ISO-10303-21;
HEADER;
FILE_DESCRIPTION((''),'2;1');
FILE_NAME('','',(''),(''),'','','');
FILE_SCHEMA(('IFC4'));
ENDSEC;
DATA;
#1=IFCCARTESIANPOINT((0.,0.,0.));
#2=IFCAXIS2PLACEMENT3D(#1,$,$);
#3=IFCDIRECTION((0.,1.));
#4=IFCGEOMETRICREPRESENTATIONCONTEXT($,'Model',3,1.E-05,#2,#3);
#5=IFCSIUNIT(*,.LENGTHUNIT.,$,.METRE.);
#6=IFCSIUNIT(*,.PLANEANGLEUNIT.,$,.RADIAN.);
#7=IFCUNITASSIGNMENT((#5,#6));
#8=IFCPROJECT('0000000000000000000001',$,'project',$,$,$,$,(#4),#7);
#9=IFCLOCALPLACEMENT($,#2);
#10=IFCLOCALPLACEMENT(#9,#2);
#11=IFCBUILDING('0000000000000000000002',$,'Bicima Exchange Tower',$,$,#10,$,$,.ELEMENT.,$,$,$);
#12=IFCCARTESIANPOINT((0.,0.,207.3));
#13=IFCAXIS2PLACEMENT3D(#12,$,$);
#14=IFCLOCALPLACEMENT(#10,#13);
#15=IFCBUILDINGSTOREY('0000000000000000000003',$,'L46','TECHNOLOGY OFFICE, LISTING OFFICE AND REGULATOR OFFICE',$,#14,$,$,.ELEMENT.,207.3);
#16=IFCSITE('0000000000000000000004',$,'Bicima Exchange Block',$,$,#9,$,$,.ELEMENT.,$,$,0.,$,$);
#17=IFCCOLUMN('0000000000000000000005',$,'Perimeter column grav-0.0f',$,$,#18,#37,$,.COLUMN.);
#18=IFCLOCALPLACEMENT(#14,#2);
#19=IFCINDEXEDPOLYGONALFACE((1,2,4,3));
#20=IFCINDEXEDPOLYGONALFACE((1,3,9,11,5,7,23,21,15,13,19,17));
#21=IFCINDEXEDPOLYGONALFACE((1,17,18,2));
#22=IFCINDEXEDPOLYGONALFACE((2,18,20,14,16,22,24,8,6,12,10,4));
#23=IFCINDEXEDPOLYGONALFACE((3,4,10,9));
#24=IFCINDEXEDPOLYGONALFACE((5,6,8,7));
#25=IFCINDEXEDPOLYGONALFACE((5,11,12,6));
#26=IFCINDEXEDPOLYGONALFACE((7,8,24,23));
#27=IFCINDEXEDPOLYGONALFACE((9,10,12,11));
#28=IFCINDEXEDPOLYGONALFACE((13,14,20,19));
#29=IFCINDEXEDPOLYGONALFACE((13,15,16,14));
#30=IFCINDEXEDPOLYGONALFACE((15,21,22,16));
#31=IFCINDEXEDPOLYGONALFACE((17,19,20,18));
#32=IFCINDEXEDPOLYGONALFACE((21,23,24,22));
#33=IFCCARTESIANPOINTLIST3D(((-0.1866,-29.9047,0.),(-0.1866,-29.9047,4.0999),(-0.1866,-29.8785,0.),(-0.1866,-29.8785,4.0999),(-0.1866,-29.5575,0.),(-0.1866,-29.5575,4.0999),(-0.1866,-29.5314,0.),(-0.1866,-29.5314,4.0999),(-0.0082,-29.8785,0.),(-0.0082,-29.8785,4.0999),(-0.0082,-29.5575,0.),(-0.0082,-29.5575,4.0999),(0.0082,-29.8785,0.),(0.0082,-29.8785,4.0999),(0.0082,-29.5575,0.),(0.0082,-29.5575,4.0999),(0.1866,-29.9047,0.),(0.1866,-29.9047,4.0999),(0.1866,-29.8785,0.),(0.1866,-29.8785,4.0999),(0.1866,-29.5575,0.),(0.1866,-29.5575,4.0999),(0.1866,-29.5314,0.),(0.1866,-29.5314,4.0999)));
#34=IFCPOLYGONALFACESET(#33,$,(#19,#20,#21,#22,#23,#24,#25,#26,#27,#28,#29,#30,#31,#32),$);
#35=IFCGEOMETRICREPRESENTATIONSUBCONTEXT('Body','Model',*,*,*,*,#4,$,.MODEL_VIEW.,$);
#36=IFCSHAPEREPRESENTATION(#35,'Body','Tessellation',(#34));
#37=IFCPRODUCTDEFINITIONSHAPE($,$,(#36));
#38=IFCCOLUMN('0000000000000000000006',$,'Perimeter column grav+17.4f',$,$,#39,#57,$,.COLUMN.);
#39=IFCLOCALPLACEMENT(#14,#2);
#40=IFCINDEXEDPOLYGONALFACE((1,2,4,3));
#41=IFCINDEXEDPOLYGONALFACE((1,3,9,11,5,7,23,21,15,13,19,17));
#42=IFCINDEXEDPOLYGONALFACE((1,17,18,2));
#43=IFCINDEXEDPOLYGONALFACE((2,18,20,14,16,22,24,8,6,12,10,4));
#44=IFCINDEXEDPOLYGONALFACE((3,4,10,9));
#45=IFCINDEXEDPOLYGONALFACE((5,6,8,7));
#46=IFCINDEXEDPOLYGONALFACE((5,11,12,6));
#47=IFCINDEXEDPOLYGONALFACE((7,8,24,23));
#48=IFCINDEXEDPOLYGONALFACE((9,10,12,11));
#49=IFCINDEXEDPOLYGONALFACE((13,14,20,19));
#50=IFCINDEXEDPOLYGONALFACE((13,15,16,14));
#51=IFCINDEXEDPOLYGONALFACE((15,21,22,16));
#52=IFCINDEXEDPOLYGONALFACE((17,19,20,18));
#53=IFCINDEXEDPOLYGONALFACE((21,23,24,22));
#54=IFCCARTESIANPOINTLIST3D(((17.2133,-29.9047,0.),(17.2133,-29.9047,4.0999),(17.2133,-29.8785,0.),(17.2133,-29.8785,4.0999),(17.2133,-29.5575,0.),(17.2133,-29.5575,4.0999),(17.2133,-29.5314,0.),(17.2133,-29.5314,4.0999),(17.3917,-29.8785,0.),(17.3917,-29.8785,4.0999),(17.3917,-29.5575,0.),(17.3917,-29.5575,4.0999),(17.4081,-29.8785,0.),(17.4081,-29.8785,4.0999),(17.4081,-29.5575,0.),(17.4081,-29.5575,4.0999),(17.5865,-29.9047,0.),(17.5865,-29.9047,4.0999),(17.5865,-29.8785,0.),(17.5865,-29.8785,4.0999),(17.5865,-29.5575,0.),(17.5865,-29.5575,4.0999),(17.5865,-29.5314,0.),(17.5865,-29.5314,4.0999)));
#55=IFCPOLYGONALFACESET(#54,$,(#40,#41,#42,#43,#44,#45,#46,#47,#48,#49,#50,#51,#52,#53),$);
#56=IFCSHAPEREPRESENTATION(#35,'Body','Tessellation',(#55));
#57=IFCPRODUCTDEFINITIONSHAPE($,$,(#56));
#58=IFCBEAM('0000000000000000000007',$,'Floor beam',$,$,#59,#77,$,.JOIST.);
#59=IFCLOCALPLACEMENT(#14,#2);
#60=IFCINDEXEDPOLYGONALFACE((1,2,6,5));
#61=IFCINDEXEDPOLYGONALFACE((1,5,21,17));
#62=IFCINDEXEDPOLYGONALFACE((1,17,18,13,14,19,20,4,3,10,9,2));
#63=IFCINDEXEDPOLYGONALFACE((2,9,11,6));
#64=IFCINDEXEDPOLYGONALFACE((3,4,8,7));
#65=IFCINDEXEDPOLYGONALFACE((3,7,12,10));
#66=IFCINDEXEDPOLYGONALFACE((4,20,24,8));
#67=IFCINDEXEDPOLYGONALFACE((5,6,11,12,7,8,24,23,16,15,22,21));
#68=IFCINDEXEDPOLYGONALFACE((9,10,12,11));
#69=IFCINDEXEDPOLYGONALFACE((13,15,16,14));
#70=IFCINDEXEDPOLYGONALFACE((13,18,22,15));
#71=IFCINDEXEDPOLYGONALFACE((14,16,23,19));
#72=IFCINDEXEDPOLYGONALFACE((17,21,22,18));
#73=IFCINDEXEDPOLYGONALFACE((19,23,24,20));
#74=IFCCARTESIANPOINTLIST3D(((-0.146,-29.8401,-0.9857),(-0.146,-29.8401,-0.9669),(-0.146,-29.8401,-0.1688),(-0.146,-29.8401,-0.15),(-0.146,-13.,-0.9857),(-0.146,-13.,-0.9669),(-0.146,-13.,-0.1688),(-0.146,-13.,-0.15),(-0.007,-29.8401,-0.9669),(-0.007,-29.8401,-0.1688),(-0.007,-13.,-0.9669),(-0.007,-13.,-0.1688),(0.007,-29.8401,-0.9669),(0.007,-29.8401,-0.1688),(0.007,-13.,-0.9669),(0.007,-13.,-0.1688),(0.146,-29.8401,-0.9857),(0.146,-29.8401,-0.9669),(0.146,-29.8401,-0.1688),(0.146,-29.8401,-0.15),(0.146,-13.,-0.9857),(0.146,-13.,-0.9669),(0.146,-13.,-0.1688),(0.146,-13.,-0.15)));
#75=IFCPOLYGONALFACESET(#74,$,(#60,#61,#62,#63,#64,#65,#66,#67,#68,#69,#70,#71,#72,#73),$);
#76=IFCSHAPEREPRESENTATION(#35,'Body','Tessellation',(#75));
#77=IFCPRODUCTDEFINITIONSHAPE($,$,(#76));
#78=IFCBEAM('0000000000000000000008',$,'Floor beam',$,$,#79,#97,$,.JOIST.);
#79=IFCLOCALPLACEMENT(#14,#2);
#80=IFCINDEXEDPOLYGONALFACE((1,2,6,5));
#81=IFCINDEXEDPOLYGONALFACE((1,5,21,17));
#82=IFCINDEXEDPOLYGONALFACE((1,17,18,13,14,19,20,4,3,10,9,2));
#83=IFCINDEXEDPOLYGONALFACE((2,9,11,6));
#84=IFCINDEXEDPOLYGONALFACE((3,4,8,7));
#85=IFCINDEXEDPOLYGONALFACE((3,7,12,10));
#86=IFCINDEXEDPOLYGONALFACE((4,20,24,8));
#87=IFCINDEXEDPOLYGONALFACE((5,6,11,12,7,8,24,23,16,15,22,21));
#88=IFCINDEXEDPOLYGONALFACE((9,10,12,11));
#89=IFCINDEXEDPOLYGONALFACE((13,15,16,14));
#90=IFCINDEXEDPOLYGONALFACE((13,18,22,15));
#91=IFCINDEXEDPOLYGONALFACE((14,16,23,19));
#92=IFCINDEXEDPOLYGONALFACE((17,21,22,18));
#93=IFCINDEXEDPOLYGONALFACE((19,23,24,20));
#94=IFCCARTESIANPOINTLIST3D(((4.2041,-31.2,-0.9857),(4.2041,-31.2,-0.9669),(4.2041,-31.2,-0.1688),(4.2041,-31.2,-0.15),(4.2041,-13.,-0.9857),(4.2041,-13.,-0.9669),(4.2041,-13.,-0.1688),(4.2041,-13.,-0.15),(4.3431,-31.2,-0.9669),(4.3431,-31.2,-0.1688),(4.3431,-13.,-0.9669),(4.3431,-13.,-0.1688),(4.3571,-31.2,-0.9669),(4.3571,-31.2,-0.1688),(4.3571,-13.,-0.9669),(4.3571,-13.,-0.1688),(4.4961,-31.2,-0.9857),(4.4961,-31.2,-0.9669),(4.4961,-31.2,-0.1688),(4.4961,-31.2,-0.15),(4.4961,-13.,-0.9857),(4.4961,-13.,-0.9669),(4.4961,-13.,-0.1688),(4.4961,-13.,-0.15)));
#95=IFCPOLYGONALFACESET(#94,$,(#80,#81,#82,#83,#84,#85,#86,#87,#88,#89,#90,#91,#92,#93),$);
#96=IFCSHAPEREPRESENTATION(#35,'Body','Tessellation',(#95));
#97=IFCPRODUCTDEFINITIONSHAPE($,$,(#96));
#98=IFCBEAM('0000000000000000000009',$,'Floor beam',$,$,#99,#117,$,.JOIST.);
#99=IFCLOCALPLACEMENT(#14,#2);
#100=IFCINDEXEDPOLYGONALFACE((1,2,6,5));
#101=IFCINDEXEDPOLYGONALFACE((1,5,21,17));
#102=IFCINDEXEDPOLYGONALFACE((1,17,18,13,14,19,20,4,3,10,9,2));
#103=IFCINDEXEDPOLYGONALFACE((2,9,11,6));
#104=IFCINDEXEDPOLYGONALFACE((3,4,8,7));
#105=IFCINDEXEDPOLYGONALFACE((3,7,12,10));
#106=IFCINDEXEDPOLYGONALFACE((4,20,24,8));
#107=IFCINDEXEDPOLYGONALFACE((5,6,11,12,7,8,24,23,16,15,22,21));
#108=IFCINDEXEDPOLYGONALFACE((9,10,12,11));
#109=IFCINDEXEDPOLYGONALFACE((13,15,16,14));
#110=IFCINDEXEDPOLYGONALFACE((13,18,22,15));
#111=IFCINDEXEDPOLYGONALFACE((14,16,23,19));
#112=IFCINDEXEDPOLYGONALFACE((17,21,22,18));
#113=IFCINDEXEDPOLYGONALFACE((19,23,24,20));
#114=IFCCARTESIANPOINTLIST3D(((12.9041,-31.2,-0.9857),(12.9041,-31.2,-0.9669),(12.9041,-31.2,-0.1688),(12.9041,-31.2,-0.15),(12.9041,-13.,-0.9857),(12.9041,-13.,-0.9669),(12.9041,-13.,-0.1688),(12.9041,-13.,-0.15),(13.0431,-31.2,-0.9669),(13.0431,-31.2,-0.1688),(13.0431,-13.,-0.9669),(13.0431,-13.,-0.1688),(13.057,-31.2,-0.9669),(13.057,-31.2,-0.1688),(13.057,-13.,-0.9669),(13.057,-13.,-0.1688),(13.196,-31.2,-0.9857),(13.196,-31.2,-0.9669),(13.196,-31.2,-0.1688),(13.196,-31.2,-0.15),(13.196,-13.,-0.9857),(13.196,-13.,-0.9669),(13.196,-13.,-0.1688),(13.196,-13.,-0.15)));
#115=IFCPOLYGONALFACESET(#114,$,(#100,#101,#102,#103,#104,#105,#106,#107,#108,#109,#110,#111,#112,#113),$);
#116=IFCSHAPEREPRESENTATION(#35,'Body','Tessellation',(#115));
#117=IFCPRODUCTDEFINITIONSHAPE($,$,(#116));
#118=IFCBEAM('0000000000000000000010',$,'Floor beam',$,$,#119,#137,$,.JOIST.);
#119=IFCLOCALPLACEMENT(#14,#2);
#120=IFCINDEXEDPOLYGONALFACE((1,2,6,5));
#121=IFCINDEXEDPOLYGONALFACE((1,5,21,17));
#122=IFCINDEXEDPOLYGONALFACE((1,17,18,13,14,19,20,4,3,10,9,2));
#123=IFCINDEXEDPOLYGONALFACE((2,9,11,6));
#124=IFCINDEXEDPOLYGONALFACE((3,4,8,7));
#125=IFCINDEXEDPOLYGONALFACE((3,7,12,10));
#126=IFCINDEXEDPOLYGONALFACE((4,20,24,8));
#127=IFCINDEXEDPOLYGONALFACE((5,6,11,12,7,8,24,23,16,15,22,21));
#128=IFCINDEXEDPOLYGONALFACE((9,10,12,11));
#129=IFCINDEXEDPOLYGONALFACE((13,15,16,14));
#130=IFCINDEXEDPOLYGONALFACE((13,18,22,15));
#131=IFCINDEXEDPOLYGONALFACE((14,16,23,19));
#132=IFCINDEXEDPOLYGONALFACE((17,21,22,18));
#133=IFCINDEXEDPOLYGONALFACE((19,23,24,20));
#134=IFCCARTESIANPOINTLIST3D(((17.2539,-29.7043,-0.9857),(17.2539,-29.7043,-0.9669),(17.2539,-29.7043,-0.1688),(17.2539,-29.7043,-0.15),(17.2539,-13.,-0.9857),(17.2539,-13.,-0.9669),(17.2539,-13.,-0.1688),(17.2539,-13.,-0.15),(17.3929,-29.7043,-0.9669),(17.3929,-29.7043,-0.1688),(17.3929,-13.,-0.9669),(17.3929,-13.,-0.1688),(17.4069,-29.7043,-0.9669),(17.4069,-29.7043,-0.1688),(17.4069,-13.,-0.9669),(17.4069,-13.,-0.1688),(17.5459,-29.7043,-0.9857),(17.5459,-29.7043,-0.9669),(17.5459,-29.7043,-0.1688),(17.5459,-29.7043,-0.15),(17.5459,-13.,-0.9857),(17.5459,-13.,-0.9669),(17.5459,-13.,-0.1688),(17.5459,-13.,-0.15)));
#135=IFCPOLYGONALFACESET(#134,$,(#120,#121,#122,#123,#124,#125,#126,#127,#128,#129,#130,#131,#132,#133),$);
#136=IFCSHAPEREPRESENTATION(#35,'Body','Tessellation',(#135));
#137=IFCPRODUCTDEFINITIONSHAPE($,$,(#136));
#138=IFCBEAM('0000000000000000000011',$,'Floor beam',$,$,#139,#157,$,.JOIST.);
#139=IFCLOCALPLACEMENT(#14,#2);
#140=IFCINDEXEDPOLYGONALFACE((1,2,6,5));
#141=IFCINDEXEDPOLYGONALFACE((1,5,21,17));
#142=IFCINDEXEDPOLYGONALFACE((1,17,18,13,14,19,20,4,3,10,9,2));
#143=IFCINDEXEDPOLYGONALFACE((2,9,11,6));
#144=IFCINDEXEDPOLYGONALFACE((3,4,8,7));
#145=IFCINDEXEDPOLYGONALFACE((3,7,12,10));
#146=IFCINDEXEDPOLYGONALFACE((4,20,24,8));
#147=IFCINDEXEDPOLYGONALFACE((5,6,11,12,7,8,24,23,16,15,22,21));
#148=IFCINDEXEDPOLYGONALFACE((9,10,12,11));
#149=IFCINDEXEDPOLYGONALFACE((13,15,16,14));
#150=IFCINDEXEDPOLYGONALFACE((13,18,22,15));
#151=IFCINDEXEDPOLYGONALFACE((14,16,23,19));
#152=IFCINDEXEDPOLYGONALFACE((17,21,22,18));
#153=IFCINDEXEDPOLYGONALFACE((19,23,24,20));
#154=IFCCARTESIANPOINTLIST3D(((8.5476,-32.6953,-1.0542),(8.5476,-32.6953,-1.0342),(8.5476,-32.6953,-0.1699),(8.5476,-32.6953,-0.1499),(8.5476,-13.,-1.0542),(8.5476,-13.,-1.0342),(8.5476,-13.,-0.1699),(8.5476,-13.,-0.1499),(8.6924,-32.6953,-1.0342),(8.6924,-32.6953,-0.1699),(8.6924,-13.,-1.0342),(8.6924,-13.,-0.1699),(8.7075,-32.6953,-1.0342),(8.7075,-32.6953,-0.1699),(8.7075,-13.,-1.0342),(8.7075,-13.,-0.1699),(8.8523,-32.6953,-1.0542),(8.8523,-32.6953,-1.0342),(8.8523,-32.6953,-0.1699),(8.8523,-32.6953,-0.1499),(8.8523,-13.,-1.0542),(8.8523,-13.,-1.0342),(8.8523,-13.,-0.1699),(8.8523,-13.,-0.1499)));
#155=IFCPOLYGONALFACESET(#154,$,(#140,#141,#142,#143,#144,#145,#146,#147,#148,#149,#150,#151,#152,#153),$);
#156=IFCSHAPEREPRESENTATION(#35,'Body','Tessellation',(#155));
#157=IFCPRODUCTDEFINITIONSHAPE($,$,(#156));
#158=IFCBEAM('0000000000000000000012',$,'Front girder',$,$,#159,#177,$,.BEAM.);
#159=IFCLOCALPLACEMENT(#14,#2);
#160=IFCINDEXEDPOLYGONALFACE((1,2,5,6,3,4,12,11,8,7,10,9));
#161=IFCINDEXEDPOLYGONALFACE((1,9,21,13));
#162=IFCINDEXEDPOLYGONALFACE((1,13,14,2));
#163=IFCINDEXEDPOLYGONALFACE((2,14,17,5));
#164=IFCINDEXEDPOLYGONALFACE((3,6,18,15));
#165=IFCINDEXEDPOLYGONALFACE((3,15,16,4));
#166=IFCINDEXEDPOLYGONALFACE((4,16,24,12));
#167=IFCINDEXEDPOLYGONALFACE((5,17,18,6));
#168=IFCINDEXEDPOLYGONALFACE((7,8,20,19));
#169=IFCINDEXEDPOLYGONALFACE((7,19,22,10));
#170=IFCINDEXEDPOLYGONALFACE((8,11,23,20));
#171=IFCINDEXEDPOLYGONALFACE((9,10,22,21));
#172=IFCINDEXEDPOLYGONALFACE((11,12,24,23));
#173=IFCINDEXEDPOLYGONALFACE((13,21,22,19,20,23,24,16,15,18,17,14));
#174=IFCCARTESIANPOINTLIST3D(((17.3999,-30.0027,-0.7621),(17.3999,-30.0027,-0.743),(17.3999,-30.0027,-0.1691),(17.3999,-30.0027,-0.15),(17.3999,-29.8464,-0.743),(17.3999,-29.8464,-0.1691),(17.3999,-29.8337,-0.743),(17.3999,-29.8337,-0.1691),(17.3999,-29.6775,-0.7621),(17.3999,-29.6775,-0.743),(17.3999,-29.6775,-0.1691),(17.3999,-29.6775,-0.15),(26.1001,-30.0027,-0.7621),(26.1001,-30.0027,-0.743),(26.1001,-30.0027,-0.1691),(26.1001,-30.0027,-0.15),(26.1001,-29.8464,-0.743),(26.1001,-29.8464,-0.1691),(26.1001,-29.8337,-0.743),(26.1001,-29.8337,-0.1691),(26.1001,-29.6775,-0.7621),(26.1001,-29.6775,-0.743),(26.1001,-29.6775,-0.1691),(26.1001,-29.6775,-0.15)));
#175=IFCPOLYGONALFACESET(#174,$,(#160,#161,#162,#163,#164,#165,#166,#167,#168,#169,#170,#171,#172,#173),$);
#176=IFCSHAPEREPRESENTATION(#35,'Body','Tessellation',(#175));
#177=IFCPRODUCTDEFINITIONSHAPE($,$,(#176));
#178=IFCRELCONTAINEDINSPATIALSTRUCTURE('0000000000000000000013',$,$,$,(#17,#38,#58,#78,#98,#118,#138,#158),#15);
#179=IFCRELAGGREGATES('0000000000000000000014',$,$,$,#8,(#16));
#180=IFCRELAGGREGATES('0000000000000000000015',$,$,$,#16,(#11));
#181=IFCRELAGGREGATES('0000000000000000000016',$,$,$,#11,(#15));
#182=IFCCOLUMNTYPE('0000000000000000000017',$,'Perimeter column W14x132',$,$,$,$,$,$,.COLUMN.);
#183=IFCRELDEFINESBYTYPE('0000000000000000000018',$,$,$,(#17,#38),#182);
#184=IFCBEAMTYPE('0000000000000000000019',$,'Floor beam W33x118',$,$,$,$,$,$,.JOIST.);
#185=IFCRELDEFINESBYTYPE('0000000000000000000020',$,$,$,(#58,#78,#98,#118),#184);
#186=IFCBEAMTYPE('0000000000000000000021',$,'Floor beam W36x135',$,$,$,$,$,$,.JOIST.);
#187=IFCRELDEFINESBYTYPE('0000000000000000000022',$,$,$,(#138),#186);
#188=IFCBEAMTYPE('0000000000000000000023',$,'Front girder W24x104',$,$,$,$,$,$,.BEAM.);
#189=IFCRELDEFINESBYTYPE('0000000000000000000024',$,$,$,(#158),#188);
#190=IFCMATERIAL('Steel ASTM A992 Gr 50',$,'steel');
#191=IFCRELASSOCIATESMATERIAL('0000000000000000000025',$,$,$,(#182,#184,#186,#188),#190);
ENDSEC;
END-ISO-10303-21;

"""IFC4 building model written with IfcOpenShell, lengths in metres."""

from ifc_helpers import new_model, si_unit, direction, frame, origin, origin_2d, place, context, subcontext, project, spatial, i_section, extrude, material, material_profile, profile_set, type_object, element, save


model = new_model("IFC4")

# Units and contexts
model_context = context("Model", 3, precision=1e-05, world=origin(), true_north=direction((0.0, 1.0)))
body_context = subcontext(model_context, "Body", "Model", "MODEL_VIEW")
ifc_project = project(units=[si_unit("LENGTHUNIT", "METRE"), si_unit("PLANEANGLEUNIT", "RADIAN")], contexts=[model_context])

# Site, building, storey
site_placement = place(None, origin())
site = spatial("IfcSite", under=ifc_project, at=site_placement, Name="Bicima Exchange Block", CompositionType="ELEMENT", RefElevation=0.0)
building_placement = place(site_placement, origin())
building = spatial("IfcBuilding", under=site, at=building_placement, Name="Bicima Exchange Tower", CompositionType="ELEMENT")
storey_placement = place(building_placement, frame((0.0, 0.0, 207.3)))
storey = spatial("IfcBuildingStorey", under=building, at=storey_placement, Name="L46", Description="TECHNOLOGY OFFICE, LISTING OFFICE AND REGULATOR OFFICE", CompositionType="ELEMENT", Elevation=207.3)

# Columns
ifc_material_1 = material(Name="Steel ASTM A992 Gr 50", Category="steel")
ifc_material_profile_1 = material_profile(ifc_material_1, i_section(OverallWidth=0.3733, OverallDepth=0.3733, WebThickness=0.0164, FlangeThickness=0.0261, at=origin_2d()))
ifc_profile_set_1 = profile_set([ifc_material_profile_1], Name="Steel ASTM A992 Gr 50")
column_type = type_object("IfcColumnType", Name="Perimeter column W14x132", PredefinedType="COLUMN", material=ifc_profile_set_1)
for number, where, z_axis, x_axis, name in (
    (1, (0.0, -29.718, 0.0), (0.0, 0.0, 1.0), (1.0, 0.0, 0.0), "Perimeter column grav-0.0f"),
    (2, (17.3999, -29.718, 0.0), (0.0, 0.0, 1.0), (1.0, 0.0, 0.0), "Perimeter column grav+17.4f"),
):
    element("IfcColumn", number, at=place(storey_placement, frame(where, z_axis=z_axis, x_axis=x_axis)), inside=storey, type_object=column_type, Name=name, PredefinedType="COLUMN", context=body_context, shape_type="SweptSolid", body=[
        extrude(i_section(OverallWidth=0.3733, OverallDepth=0.3733, WebThickness=0.0164, FlangeThickness=0.0261, at=origin_2d()), origin(), (0.0, 0.0, 1.0), 4.0999),
    ])

# Beams
ifc_material_profile_2 = material_profile(ifc_material_1, i_section(OverallWidth=0.292, OverallDepth=0.8357, WebThickness=0.0139, FlangeThickness=0.0188, at=origin_2d()))
ifc_profile_set_2 = profile_set([ifc_material_profile_2], Name="Steel ASTM A992 Gr 50")
beam_type_1 = type_object("IfcBeamType", Name="Floor beam W33x118", PredefinedType="JOIST", material=ifc_profile_set_2)
beam_1_placement = place(storey_placement, frame((0.0, -13.0, -0.5679), z_axis=(0.0, -1.0, 0.0), x_axis=(1.0, 0.0, 0.0)))
element("IfcBeam", 3, at=beam_1_placement, inside=storey, type_object=beam_type_1, Name="Floor beam", PredefinedType="JOIST", context=body_context, shape_type="SweptSolid", body=[
    extrude(i_section(OverallWidth=0.292, OverallDepth=0.8357, WebThickness=0.0139, FlangeThickness=0.0188, at=origin_2d()), origin(), (0.0, 0.0, 1.0), 16.8401),
])
for number, where, z_axis, x_axis, name in (
    (4, (4.3501, -13.0, -0.5679), (0.0, -1.0, 0.0), (1.0, 0.0, 0.0), "Floor beam"),
    (5, (13.05, -13.0, -0.5679), (0.0, -1.0, 0.0), (1.0, 0.0, 0.0), "Floor beam"),
):
    element("IfcBeam", number, at=place(storey_placement, frame(where, z_axis=z_axis, x_axis=x_axis)), inside=storey, type_object=beam_type_1, Name=name, PredefinedType="JOIST", context=body_context, shape_type="SweptSolid", body=[
        extrude(i_section(OverallWidth=0.292, OverallDepth=0.8357, WebThickness=0.0139, FlangeThickness=0.0188, at=origin_2d()), origin(), (0.0, 0.0, 1.0), 18.2),
    ])
beam_2_placement = place(storey_placement, frame((17.3999, -13.0, -0.5679), z_axis=(0.0, -1.0, 0.0), x_axis=(1.0, 0.0, 0.0)))
element("IfcBeam", 6, at=beam_2_placement, inside=storey, type_object=beam_type_1, Name="Floor beam", PredefinedType="JOIST", context=body_context, shape_type="SweptSolid", body=[
    extrude(i_section(OverallWidth=0.292, OverallDepth=0.8357, WebThickness=0.0139, FlangeThickness=0.0188, at=origin_2d()), origin(), (0.0, 0.0, 1.0), 16.7043),
])
ifc_material_profile_3 = material_profile(ifc_material_1, i_section(OverallWidth=0.3047, OverallDepth=0.9043, WebThickness=0.0151, FlangeThickness=0.02, at=origin_2d()))
ifc_profile_set_3 = profile_set([ifc_material_profile_3], Name="Steel ASTM A992 Gr 50")
beam_type_2 = type_object("IfcBeamType", Name="Floor beam W36x135", PredefinedType="JOIST", material=ifc_profile_set_3)
beam_3_placement = place(storey_placement, frame((8.7, -13.0, -0.6021), z_axis=(0.0, -1.0, 0.0), x_axis=(1.0, 0.0, 0.0)))
element("IfcBeam", 7, at=beam_3_placement, inside=storey, type_object=beam_type_2, Name="Floor beam", PredefinedType="JOIST", context=body_context, shape_type="SweptSolid", body=[
    extrude(i_section(OverallWidth=0.3047, OverallDepth=0.9043, WebThickness=0.0151, FlangeThickness=0.02, at=origin_2d()), origin(), (0.0, 0.0, 1.0), 19.6953),
])
ifc_material_profile_4 = material_profile(ifc_material_1, i_section(OverallWidth=0.3252, OverallDepth=0.6121, WebThickness=0.0127, FlangeThickness=0.019, at=origin_2d()))
ifc_profile_set_4 = profile_set([ifc_material_profile_4], Name="Steel ASTM A992 Gr 50")
beam_type_3 = type_object("IfcBeamType", Name="Front girder W24x104", PredefinedType="BEAM", material=ifc_profile_set_4)
beam_4_placement = place(storey_placement, frame((17.3999, -29.8401, -0.4561), z_axis=(1.0, 0.0, 0.0), x_axis=(0.0, 1.0, 0.0)))
element("IfcBeam", 8, at=beam_4_placement, inside=storey, type_object=beam_type_3, Name="Front girder", PredefinedType="BEAM", context=body_context, shape_type="SweptSolid", body=[
    extrude(i_section(OverallWidth=0.3252, OverallDepth=0.6121, WebThickness=0.0127, FlangeThickness=0.019, at=origin_2d()), origin(), (0.0, 0.0, 1.0), 8.7002),
])

save(model, "model.ifc")
